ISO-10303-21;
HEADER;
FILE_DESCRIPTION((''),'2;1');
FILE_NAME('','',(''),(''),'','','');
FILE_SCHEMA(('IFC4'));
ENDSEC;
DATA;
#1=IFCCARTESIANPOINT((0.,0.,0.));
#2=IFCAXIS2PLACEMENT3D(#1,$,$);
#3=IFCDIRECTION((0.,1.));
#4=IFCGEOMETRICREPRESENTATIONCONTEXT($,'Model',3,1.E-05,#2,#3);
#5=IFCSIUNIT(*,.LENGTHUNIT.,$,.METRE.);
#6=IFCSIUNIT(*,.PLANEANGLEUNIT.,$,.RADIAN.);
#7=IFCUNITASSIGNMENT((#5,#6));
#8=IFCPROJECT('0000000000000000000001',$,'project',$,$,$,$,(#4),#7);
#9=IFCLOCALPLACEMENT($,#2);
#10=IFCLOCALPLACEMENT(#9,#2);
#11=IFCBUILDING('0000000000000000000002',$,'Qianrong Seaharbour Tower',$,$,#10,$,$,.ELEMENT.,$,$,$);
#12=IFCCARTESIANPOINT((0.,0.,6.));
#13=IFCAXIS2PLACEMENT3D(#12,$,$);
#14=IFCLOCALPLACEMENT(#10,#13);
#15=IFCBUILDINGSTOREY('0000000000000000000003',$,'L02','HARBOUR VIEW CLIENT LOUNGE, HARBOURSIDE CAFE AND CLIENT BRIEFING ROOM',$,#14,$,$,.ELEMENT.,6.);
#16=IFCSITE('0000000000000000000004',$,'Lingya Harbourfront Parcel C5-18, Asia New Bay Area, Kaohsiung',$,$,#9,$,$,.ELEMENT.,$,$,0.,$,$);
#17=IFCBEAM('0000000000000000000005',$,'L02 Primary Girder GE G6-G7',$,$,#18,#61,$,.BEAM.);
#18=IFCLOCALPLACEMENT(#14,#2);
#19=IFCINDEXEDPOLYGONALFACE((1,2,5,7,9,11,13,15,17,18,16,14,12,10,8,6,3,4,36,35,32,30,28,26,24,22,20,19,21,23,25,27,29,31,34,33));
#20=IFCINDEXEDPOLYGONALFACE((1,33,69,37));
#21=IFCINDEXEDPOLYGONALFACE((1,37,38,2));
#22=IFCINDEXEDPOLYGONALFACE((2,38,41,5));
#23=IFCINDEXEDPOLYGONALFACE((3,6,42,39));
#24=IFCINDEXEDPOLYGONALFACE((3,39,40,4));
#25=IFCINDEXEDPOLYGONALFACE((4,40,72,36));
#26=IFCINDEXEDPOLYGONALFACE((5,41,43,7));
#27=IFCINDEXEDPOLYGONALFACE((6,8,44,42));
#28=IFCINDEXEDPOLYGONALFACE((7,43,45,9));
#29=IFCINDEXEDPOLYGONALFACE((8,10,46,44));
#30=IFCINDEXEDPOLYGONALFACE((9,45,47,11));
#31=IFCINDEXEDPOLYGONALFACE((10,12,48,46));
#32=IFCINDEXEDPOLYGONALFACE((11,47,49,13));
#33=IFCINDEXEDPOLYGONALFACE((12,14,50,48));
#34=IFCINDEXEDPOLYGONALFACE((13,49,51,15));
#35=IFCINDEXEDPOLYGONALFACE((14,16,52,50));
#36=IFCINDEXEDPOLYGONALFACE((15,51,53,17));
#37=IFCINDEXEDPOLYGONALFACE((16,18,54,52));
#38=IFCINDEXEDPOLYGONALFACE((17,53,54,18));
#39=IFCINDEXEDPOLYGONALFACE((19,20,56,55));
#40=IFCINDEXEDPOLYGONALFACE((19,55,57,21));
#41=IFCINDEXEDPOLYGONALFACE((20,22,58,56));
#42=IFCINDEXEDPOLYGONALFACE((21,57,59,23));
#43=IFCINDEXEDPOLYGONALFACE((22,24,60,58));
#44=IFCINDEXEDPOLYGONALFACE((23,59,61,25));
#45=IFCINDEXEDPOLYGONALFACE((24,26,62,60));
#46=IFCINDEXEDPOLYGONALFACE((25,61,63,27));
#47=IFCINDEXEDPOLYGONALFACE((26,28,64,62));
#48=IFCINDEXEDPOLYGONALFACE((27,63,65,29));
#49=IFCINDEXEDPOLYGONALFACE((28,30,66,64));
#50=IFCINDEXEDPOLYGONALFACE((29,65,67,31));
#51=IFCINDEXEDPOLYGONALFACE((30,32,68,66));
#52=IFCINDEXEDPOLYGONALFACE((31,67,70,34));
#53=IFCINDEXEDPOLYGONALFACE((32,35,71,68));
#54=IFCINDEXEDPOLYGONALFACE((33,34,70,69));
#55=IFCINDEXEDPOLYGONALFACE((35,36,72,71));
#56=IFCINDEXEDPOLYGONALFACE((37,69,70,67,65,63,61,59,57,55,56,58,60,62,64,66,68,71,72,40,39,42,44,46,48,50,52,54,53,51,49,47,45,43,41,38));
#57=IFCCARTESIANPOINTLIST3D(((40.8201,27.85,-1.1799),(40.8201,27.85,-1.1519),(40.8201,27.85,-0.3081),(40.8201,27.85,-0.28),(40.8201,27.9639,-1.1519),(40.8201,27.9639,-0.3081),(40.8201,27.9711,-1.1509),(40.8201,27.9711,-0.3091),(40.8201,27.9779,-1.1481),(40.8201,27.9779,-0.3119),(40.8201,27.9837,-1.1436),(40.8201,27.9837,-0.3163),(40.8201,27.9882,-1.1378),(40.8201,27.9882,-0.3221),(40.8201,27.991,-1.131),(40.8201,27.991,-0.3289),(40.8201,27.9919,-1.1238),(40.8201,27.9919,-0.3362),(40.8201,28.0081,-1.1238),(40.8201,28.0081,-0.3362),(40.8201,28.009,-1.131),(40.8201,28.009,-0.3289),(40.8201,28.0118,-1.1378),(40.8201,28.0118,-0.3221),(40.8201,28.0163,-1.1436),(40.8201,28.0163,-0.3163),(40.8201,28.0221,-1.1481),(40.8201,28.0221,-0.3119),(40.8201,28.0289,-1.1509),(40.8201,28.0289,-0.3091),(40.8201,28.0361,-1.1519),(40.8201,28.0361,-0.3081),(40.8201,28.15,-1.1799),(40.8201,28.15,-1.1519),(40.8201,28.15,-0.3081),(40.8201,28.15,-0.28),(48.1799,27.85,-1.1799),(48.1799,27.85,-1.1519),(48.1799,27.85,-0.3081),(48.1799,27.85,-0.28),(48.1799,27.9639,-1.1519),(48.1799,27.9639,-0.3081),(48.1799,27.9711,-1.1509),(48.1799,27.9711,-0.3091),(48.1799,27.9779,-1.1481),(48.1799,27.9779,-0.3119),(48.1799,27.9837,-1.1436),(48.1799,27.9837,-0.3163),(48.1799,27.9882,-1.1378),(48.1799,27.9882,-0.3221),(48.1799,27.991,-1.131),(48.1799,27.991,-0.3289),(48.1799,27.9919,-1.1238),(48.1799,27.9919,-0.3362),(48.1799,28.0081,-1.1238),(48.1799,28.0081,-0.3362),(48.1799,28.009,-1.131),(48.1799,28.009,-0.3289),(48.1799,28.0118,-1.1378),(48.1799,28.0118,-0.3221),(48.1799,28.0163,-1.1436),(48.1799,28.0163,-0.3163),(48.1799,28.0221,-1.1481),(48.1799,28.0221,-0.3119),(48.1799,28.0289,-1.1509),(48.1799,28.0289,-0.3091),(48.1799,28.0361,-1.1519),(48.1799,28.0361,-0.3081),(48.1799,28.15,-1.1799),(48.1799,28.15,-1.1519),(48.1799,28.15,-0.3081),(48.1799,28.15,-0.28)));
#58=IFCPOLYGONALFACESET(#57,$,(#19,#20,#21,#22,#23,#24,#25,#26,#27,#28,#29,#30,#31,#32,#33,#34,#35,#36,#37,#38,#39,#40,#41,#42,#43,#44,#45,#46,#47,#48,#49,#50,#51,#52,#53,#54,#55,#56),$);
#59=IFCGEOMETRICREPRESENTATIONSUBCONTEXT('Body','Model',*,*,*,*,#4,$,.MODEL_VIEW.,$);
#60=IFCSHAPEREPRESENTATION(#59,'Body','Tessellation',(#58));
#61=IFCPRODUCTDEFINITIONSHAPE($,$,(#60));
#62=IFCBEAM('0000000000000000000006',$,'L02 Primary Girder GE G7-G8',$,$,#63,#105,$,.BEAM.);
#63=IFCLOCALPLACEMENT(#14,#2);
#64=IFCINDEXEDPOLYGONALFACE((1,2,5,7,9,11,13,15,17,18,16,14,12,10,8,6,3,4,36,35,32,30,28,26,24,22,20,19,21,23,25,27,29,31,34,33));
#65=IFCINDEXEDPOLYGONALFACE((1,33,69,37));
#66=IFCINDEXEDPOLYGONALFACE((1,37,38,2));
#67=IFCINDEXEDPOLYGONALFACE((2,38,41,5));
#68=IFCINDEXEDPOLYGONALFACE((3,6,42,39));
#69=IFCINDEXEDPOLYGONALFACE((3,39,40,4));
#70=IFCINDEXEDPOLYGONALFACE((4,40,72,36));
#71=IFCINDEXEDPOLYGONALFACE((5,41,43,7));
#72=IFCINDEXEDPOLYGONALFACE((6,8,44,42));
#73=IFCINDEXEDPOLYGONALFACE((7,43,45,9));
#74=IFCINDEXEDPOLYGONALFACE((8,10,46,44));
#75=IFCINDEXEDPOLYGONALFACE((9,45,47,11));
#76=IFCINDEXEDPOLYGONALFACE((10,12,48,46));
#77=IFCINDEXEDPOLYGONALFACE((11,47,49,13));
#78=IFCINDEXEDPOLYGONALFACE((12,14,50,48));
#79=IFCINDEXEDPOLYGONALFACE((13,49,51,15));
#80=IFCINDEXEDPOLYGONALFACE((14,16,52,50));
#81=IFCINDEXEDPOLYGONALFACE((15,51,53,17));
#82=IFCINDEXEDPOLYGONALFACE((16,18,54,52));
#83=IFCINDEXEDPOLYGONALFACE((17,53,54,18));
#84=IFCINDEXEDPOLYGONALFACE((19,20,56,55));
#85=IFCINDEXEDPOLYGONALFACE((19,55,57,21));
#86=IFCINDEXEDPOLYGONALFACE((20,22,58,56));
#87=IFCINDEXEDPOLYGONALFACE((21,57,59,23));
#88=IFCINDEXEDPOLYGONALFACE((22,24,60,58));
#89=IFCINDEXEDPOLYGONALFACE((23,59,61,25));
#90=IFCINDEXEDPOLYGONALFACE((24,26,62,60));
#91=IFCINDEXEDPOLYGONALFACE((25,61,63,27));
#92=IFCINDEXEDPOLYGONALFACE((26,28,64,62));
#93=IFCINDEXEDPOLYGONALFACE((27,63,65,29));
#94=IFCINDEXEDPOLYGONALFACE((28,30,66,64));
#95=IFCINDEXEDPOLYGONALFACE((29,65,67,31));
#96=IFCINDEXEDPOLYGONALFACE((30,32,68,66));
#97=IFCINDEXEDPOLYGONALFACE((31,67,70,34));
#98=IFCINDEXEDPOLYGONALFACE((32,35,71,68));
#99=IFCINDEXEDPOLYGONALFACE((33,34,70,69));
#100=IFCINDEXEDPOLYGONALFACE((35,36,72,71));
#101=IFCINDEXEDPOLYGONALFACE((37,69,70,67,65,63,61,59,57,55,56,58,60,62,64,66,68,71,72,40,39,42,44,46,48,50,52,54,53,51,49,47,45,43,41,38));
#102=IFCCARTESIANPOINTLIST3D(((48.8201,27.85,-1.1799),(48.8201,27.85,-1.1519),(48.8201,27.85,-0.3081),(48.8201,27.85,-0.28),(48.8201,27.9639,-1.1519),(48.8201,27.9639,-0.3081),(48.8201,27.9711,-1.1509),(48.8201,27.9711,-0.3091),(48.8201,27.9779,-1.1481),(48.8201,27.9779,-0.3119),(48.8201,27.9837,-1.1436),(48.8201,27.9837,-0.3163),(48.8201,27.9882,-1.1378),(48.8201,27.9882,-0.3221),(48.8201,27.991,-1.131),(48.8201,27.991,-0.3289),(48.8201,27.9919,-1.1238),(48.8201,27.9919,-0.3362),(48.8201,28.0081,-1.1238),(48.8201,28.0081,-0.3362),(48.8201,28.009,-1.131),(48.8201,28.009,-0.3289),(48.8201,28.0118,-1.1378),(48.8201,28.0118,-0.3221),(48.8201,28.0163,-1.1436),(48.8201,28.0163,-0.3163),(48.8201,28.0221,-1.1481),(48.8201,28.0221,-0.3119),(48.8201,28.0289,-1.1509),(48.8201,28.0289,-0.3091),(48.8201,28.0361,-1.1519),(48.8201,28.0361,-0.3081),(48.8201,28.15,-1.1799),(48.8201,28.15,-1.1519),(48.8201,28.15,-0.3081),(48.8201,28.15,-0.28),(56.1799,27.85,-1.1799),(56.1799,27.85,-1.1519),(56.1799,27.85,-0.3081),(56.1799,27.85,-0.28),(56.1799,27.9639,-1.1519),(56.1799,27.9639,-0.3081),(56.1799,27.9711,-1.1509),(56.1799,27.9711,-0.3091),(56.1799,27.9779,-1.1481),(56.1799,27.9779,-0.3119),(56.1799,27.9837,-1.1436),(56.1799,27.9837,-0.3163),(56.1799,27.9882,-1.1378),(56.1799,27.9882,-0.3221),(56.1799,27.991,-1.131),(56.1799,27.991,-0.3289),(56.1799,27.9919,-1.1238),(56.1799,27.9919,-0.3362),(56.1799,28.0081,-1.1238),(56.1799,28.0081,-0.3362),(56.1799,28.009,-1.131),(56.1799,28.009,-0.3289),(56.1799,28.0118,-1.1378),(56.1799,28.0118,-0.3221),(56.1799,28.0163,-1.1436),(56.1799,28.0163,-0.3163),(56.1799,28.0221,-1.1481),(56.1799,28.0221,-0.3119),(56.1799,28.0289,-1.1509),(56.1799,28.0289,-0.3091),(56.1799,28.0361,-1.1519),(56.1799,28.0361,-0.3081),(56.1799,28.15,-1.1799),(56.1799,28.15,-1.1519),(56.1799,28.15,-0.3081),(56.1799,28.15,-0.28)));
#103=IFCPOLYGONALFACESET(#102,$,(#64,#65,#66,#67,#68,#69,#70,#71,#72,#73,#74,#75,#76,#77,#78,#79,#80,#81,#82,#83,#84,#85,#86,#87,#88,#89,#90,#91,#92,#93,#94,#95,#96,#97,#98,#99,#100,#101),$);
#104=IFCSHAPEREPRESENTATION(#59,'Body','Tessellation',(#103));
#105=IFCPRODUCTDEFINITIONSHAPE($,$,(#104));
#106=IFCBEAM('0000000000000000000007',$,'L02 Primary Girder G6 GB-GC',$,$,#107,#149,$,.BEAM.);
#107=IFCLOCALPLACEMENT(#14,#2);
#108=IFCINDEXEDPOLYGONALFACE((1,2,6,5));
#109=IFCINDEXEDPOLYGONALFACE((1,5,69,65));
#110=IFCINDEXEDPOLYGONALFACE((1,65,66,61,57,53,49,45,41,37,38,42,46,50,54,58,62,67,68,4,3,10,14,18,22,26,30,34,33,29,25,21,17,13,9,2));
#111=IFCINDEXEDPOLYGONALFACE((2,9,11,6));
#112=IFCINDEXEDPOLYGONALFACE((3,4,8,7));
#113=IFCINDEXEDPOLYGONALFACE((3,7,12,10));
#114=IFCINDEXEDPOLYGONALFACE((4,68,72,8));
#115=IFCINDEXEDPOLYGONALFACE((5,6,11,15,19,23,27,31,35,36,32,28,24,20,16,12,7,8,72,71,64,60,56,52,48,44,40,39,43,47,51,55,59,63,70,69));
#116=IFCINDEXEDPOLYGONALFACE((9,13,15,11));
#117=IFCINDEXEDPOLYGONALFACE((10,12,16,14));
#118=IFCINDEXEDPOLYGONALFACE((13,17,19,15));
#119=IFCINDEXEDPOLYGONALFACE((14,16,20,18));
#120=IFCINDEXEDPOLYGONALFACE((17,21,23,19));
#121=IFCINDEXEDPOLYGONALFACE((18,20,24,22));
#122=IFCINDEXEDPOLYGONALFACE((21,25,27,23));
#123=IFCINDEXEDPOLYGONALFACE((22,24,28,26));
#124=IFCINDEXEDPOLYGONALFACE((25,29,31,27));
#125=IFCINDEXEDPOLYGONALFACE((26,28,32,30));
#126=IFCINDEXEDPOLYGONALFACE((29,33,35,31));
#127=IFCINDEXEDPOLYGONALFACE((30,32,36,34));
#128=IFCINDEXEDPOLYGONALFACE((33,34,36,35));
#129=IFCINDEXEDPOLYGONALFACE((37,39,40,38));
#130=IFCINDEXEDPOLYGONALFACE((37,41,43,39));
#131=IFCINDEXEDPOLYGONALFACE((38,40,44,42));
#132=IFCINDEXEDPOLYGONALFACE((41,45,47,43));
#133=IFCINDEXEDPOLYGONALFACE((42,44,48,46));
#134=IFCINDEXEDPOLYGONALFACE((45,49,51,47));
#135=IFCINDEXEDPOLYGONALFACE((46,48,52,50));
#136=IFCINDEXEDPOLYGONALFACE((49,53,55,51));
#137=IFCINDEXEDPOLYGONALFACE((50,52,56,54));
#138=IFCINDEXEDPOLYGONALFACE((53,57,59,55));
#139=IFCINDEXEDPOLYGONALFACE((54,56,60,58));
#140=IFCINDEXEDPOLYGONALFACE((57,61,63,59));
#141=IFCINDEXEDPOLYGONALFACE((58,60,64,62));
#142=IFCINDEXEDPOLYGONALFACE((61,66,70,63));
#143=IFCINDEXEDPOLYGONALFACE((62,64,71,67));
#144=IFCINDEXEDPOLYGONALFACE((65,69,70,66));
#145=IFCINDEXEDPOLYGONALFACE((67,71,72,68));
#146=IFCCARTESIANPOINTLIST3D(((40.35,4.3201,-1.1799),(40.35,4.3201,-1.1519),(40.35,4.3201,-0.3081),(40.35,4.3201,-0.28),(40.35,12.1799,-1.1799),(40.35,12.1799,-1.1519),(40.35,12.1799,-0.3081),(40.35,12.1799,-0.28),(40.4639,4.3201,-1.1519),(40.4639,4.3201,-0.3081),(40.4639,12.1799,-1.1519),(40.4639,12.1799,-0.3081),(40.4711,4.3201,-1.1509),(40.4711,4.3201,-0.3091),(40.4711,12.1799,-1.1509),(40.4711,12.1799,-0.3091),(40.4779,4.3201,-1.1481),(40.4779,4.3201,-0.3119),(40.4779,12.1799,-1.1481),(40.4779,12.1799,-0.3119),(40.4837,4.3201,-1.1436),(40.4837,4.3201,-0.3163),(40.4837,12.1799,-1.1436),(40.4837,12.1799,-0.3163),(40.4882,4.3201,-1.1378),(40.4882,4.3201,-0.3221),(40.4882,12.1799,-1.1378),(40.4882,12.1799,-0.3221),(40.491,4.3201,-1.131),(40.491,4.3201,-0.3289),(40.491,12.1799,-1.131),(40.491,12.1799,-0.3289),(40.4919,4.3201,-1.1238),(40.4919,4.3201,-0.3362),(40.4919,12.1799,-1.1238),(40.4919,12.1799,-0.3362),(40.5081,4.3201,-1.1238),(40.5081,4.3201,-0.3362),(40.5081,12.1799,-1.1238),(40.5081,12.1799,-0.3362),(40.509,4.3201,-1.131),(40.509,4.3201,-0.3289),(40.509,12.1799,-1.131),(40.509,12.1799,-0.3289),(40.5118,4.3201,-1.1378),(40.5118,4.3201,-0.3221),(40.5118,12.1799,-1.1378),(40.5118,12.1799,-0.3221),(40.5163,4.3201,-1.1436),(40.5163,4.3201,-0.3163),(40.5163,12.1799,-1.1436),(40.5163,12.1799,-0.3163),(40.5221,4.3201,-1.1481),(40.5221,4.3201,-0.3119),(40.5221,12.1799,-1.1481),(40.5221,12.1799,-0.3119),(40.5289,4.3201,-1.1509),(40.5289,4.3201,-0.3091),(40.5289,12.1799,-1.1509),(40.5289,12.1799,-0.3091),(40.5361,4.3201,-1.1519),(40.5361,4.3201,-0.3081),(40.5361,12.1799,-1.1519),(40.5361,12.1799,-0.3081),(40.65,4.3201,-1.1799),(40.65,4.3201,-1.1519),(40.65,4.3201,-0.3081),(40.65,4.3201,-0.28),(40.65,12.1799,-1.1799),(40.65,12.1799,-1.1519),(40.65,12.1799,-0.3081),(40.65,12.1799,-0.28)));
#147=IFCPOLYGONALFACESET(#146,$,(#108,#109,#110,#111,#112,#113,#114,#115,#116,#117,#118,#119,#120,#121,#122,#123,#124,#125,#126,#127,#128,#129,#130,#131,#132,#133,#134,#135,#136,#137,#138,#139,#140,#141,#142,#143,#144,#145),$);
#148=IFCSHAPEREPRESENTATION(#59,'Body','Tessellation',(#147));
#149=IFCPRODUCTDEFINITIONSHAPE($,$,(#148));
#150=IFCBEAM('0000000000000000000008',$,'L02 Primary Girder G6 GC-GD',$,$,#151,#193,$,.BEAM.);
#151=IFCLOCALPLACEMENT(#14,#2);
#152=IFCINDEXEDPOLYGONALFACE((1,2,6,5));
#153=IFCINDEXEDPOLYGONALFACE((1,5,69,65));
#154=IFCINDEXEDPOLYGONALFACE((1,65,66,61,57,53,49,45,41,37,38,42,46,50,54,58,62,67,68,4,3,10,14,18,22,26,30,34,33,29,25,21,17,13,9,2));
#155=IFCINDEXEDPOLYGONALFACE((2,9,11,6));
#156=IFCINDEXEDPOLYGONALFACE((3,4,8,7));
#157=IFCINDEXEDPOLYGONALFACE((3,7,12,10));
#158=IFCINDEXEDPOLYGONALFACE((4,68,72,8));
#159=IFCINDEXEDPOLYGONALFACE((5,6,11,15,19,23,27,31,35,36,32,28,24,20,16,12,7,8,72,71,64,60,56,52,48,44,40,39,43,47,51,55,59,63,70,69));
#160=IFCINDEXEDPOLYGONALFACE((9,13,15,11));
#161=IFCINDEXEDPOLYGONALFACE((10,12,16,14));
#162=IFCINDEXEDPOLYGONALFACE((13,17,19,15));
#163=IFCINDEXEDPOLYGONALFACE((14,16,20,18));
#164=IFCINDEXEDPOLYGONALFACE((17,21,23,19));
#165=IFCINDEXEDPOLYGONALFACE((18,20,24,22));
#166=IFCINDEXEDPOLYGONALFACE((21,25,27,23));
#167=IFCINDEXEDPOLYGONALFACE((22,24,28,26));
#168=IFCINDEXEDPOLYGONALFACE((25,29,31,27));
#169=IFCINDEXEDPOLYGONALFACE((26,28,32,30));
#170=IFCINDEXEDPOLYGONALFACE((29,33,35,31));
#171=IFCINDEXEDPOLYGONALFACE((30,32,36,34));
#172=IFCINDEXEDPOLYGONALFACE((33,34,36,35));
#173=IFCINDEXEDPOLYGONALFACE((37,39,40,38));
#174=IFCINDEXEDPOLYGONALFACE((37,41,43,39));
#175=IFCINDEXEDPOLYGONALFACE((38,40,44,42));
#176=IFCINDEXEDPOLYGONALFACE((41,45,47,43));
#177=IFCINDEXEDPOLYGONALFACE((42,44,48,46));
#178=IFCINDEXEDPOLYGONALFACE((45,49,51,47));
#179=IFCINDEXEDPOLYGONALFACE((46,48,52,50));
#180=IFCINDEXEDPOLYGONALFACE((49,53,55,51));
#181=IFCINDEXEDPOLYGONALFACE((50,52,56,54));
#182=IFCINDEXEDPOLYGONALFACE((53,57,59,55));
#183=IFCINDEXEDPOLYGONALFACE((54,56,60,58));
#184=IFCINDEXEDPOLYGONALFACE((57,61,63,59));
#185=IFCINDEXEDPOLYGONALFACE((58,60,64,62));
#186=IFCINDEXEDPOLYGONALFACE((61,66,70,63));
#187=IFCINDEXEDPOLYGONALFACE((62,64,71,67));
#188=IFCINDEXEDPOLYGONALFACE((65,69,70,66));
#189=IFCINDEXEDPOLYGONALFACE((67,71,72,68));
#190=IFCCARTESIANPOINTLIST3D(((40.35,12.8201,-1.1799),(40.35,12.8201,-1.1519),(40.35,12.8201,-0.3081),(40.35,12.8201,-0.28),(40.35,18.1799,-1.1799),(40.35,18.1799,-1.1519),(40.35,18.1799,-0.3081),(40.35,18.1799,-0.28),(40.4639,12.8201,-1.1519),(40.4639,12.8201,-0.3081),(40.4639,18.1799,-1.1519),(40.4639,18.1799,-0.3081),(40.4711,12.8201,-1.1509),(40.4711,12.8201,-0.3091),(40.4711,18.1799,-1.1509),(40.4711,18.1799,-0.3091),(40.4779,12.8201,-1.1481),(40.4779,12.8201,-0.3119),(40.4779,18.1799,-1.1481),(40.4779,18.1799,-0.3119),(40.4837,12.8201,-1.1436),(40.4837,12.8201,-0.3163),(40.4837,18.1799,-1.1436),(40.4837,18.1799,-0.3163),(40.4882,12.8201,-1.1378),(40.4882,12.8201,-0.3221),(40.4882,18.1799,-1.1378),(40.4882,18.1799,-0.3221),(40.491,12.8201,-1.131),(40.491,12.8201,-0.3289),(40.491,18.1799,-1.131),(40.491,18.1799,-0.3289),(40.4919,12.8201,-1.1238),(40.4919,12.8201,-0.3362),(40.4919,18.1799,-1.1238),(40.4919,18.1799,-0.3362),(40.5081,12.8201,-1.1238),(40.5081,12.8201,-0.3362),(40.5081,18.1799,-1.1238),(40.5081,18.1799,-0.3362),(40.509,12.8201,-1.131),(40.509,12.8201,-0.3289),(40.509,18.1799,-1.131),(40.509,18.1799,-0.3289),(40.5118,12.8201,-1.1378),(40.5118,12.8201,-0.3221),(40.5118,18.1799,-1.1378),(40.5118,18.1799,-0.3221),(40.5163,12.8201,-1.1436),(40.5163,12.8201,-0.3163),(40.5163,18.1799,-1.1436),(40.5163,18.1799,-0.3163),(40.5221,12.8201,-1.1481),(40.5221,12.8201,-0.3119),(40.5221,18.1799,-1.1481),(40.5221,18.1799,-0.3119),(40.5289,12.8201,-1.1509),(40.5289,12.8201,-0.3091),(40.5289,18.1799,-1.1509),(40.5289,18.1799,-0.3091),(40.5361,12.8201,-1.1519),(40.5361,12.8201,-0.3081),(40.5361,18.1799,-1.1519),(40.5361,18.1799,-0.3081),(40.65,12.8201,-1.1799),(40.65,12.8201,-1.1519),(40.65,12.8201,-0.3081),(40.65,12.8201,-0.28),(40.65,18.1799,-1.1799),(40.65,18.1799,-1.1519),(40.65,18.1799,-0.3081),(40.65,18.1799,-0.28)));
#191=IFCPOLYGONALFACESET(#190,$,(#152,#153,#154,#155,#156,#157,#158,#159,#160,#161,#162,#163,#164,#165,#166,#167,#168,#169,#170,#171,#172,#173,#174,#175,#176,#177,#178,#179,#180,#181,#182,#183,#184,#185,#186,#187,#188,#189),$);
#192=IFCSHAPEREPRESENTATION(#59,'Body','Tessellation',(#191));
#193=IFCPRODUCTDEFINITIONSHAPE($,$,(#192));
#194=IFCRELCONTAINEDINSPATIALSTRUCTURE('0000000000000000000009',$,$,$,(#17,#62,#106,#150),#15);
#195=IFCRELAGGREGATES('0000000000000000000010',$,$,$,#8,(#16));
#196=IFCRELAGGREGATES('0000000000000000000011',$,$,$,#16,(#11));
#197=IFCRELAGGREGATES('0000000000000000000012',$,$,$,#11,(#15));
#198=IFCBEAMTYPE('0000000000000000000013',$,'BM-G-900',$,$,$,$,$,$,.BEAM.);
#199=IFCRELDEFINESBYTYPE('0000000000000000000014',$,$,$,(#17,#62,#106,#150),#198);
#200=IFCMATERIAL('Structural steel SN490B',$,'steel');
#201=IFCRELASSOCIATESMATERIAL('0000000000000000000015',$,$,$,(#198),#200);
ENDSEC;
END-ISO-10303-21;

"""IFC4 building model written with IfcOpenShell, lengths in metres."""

from ifc_helpers import new_model, si_unit, direction, frame, origin, origin_2d, place, context, subcontext, project, spatial, i_section, extrude, material, material_profile, profile_set, type_object, element, save


model = new_model("IFC4")

# Units and contexts
model_context = context("Model", 3, precision=1e-05, world=origin(), true_north=direction((0.0, 1.0)))
body_context = subcontext(model_context, "Body", "Model", "MODEL_VIEW")
ifc_project = project(units=[si_unit("LENGTHUNIT", "METRE"), si_unit("PLANEANGLEUNIT", "RADIAN")], contexts=[model_context])

# Site, building, storey
site_placement = place(None, origin())
site = spatial("IfcSite", under=ifc_project, at=site_placement, Name="Lingya Harbourfront Parcel C5-18, Asia New Bay Area, Kaohsiung", CompositionType="ELEMENT", RefElevation=0.0)
building_placement = place(site_placement, origin())
building = spatial("IfcBuilding", under=site, at=building_placement, Name="Qianrong Seaharbour Tower", CompositionType="ELEMENT")
storey_placement = place(building_placement, frame((0.0, 0.0, 6.0)))
storey = spatial("IfcBuildingStorey", under=building, at=storey_placement, Name="L02", Description="HARBOUR VIEW CLIENT LOUNGE, HARBOURSIDE CAFE AND CLIENT BRIEFING ROOM", CompositionType="ELEMENT", Elevation=6.0)

# Shared definitions
ifc_material_1 = material(Name="Structural steel SN490B", Category="steel")

# Beams
ifc_material_profile_1 = material_profile(ifc_material_1, i_section(OverallWidth=0.3, OverallDepth=0.8999, WebThickness=0.0161, FlangeThickness=0.0281, FilletRadius=0.0281, at=origin_2d()), Name="H900x300x16x28")
ifc_profile_set_1 = profile_set([ifc_material_profile_1], Name="Structural steel SN490B")
beam_type_1 = type_object("IfcBeamType", Name="BM-G-900", PredefinedType="BEAM", material=ifc_profile_set_1)
for number, where, z_axis, x_axis, name in (
    (1, (40.8201, 28.0, -0.73), (1.0, 0.0, 0.0), (0.0, 1.0, 0.0), "L02 Primary Girder GE G6-G7"),
    (2, (48.8201, 28.0, -0.73), (1.0, 0.0, 0.0), (0.0, 1.0, 0.0), "L02 Primary Girder GE G7-G8"),
):
    element("IfcBeam", number, at=place(storey_placement, frame(where, z_axis=z_axis, x_axis=x_axis)), inside=storey, type_object=beam_type_1, Name=name, PredefinedType="BEAM", context=body_context, shape_type="SweptSolid", body=[
        extrude(i_section(OverallWidth=0.3, OverallDepth=0.8999, WebThickness=0.0161, FlangeThickness=0.0281, FilletRadius=0.0281, at=origin_2d()), origin(), (0.0, 0.0, 1.0), 7.3599),
    ])
beam_1_placement = place(storey_placement, frame((40.5, 4.3201, -0.73), z_axis=(0.0, 1.0, 0.0), x_axis=(-1.0, 0.0, 0.0)))
element("IfcBeam", 3, at=beam_1_placement, inside=storey, type_object=beam_type_1, Name="L02 Primary Girder G6 GB-GC", PredefinedType="BEAM", context=body_context, shape_type="SweptSolid", body=[
    extrude(i_section(OverallWidth=0.3, OverallDepth=0.8999, WebThickness=0.0161, FlangeThickness=0.0281, FilletRadius=0.0281, at=origin_2d()), origin(), (0.0, 0.0, 1.0), 7.8599),
])
beam_2_placement = place(storey_placement, frame((40.5, 12.8201, -0.73), z_axis=(0.0, 1.0, 0.0), x_axis=(-1.0, 0.0, 0.0)))
element("IfcBeam", 4, at=beam_2_placement, inside=storey, type_object=beam_type_1, Name="L02 Primary Girder G6 GC-GD", PredefinedType="BEAM", context=body_context, shape_type="SweptSolid", body=[
    extrude(i_section(OverallWidth=0.3, OverallDepth=0.8999, WebThickness=0.0161, FlangeThickness=0.0281, FilletRadius=0.0281, at=origin_2d()), origin(), (0.0, 0.0, 1.0), 5.3599),
])

save(model, "model.ifc")
